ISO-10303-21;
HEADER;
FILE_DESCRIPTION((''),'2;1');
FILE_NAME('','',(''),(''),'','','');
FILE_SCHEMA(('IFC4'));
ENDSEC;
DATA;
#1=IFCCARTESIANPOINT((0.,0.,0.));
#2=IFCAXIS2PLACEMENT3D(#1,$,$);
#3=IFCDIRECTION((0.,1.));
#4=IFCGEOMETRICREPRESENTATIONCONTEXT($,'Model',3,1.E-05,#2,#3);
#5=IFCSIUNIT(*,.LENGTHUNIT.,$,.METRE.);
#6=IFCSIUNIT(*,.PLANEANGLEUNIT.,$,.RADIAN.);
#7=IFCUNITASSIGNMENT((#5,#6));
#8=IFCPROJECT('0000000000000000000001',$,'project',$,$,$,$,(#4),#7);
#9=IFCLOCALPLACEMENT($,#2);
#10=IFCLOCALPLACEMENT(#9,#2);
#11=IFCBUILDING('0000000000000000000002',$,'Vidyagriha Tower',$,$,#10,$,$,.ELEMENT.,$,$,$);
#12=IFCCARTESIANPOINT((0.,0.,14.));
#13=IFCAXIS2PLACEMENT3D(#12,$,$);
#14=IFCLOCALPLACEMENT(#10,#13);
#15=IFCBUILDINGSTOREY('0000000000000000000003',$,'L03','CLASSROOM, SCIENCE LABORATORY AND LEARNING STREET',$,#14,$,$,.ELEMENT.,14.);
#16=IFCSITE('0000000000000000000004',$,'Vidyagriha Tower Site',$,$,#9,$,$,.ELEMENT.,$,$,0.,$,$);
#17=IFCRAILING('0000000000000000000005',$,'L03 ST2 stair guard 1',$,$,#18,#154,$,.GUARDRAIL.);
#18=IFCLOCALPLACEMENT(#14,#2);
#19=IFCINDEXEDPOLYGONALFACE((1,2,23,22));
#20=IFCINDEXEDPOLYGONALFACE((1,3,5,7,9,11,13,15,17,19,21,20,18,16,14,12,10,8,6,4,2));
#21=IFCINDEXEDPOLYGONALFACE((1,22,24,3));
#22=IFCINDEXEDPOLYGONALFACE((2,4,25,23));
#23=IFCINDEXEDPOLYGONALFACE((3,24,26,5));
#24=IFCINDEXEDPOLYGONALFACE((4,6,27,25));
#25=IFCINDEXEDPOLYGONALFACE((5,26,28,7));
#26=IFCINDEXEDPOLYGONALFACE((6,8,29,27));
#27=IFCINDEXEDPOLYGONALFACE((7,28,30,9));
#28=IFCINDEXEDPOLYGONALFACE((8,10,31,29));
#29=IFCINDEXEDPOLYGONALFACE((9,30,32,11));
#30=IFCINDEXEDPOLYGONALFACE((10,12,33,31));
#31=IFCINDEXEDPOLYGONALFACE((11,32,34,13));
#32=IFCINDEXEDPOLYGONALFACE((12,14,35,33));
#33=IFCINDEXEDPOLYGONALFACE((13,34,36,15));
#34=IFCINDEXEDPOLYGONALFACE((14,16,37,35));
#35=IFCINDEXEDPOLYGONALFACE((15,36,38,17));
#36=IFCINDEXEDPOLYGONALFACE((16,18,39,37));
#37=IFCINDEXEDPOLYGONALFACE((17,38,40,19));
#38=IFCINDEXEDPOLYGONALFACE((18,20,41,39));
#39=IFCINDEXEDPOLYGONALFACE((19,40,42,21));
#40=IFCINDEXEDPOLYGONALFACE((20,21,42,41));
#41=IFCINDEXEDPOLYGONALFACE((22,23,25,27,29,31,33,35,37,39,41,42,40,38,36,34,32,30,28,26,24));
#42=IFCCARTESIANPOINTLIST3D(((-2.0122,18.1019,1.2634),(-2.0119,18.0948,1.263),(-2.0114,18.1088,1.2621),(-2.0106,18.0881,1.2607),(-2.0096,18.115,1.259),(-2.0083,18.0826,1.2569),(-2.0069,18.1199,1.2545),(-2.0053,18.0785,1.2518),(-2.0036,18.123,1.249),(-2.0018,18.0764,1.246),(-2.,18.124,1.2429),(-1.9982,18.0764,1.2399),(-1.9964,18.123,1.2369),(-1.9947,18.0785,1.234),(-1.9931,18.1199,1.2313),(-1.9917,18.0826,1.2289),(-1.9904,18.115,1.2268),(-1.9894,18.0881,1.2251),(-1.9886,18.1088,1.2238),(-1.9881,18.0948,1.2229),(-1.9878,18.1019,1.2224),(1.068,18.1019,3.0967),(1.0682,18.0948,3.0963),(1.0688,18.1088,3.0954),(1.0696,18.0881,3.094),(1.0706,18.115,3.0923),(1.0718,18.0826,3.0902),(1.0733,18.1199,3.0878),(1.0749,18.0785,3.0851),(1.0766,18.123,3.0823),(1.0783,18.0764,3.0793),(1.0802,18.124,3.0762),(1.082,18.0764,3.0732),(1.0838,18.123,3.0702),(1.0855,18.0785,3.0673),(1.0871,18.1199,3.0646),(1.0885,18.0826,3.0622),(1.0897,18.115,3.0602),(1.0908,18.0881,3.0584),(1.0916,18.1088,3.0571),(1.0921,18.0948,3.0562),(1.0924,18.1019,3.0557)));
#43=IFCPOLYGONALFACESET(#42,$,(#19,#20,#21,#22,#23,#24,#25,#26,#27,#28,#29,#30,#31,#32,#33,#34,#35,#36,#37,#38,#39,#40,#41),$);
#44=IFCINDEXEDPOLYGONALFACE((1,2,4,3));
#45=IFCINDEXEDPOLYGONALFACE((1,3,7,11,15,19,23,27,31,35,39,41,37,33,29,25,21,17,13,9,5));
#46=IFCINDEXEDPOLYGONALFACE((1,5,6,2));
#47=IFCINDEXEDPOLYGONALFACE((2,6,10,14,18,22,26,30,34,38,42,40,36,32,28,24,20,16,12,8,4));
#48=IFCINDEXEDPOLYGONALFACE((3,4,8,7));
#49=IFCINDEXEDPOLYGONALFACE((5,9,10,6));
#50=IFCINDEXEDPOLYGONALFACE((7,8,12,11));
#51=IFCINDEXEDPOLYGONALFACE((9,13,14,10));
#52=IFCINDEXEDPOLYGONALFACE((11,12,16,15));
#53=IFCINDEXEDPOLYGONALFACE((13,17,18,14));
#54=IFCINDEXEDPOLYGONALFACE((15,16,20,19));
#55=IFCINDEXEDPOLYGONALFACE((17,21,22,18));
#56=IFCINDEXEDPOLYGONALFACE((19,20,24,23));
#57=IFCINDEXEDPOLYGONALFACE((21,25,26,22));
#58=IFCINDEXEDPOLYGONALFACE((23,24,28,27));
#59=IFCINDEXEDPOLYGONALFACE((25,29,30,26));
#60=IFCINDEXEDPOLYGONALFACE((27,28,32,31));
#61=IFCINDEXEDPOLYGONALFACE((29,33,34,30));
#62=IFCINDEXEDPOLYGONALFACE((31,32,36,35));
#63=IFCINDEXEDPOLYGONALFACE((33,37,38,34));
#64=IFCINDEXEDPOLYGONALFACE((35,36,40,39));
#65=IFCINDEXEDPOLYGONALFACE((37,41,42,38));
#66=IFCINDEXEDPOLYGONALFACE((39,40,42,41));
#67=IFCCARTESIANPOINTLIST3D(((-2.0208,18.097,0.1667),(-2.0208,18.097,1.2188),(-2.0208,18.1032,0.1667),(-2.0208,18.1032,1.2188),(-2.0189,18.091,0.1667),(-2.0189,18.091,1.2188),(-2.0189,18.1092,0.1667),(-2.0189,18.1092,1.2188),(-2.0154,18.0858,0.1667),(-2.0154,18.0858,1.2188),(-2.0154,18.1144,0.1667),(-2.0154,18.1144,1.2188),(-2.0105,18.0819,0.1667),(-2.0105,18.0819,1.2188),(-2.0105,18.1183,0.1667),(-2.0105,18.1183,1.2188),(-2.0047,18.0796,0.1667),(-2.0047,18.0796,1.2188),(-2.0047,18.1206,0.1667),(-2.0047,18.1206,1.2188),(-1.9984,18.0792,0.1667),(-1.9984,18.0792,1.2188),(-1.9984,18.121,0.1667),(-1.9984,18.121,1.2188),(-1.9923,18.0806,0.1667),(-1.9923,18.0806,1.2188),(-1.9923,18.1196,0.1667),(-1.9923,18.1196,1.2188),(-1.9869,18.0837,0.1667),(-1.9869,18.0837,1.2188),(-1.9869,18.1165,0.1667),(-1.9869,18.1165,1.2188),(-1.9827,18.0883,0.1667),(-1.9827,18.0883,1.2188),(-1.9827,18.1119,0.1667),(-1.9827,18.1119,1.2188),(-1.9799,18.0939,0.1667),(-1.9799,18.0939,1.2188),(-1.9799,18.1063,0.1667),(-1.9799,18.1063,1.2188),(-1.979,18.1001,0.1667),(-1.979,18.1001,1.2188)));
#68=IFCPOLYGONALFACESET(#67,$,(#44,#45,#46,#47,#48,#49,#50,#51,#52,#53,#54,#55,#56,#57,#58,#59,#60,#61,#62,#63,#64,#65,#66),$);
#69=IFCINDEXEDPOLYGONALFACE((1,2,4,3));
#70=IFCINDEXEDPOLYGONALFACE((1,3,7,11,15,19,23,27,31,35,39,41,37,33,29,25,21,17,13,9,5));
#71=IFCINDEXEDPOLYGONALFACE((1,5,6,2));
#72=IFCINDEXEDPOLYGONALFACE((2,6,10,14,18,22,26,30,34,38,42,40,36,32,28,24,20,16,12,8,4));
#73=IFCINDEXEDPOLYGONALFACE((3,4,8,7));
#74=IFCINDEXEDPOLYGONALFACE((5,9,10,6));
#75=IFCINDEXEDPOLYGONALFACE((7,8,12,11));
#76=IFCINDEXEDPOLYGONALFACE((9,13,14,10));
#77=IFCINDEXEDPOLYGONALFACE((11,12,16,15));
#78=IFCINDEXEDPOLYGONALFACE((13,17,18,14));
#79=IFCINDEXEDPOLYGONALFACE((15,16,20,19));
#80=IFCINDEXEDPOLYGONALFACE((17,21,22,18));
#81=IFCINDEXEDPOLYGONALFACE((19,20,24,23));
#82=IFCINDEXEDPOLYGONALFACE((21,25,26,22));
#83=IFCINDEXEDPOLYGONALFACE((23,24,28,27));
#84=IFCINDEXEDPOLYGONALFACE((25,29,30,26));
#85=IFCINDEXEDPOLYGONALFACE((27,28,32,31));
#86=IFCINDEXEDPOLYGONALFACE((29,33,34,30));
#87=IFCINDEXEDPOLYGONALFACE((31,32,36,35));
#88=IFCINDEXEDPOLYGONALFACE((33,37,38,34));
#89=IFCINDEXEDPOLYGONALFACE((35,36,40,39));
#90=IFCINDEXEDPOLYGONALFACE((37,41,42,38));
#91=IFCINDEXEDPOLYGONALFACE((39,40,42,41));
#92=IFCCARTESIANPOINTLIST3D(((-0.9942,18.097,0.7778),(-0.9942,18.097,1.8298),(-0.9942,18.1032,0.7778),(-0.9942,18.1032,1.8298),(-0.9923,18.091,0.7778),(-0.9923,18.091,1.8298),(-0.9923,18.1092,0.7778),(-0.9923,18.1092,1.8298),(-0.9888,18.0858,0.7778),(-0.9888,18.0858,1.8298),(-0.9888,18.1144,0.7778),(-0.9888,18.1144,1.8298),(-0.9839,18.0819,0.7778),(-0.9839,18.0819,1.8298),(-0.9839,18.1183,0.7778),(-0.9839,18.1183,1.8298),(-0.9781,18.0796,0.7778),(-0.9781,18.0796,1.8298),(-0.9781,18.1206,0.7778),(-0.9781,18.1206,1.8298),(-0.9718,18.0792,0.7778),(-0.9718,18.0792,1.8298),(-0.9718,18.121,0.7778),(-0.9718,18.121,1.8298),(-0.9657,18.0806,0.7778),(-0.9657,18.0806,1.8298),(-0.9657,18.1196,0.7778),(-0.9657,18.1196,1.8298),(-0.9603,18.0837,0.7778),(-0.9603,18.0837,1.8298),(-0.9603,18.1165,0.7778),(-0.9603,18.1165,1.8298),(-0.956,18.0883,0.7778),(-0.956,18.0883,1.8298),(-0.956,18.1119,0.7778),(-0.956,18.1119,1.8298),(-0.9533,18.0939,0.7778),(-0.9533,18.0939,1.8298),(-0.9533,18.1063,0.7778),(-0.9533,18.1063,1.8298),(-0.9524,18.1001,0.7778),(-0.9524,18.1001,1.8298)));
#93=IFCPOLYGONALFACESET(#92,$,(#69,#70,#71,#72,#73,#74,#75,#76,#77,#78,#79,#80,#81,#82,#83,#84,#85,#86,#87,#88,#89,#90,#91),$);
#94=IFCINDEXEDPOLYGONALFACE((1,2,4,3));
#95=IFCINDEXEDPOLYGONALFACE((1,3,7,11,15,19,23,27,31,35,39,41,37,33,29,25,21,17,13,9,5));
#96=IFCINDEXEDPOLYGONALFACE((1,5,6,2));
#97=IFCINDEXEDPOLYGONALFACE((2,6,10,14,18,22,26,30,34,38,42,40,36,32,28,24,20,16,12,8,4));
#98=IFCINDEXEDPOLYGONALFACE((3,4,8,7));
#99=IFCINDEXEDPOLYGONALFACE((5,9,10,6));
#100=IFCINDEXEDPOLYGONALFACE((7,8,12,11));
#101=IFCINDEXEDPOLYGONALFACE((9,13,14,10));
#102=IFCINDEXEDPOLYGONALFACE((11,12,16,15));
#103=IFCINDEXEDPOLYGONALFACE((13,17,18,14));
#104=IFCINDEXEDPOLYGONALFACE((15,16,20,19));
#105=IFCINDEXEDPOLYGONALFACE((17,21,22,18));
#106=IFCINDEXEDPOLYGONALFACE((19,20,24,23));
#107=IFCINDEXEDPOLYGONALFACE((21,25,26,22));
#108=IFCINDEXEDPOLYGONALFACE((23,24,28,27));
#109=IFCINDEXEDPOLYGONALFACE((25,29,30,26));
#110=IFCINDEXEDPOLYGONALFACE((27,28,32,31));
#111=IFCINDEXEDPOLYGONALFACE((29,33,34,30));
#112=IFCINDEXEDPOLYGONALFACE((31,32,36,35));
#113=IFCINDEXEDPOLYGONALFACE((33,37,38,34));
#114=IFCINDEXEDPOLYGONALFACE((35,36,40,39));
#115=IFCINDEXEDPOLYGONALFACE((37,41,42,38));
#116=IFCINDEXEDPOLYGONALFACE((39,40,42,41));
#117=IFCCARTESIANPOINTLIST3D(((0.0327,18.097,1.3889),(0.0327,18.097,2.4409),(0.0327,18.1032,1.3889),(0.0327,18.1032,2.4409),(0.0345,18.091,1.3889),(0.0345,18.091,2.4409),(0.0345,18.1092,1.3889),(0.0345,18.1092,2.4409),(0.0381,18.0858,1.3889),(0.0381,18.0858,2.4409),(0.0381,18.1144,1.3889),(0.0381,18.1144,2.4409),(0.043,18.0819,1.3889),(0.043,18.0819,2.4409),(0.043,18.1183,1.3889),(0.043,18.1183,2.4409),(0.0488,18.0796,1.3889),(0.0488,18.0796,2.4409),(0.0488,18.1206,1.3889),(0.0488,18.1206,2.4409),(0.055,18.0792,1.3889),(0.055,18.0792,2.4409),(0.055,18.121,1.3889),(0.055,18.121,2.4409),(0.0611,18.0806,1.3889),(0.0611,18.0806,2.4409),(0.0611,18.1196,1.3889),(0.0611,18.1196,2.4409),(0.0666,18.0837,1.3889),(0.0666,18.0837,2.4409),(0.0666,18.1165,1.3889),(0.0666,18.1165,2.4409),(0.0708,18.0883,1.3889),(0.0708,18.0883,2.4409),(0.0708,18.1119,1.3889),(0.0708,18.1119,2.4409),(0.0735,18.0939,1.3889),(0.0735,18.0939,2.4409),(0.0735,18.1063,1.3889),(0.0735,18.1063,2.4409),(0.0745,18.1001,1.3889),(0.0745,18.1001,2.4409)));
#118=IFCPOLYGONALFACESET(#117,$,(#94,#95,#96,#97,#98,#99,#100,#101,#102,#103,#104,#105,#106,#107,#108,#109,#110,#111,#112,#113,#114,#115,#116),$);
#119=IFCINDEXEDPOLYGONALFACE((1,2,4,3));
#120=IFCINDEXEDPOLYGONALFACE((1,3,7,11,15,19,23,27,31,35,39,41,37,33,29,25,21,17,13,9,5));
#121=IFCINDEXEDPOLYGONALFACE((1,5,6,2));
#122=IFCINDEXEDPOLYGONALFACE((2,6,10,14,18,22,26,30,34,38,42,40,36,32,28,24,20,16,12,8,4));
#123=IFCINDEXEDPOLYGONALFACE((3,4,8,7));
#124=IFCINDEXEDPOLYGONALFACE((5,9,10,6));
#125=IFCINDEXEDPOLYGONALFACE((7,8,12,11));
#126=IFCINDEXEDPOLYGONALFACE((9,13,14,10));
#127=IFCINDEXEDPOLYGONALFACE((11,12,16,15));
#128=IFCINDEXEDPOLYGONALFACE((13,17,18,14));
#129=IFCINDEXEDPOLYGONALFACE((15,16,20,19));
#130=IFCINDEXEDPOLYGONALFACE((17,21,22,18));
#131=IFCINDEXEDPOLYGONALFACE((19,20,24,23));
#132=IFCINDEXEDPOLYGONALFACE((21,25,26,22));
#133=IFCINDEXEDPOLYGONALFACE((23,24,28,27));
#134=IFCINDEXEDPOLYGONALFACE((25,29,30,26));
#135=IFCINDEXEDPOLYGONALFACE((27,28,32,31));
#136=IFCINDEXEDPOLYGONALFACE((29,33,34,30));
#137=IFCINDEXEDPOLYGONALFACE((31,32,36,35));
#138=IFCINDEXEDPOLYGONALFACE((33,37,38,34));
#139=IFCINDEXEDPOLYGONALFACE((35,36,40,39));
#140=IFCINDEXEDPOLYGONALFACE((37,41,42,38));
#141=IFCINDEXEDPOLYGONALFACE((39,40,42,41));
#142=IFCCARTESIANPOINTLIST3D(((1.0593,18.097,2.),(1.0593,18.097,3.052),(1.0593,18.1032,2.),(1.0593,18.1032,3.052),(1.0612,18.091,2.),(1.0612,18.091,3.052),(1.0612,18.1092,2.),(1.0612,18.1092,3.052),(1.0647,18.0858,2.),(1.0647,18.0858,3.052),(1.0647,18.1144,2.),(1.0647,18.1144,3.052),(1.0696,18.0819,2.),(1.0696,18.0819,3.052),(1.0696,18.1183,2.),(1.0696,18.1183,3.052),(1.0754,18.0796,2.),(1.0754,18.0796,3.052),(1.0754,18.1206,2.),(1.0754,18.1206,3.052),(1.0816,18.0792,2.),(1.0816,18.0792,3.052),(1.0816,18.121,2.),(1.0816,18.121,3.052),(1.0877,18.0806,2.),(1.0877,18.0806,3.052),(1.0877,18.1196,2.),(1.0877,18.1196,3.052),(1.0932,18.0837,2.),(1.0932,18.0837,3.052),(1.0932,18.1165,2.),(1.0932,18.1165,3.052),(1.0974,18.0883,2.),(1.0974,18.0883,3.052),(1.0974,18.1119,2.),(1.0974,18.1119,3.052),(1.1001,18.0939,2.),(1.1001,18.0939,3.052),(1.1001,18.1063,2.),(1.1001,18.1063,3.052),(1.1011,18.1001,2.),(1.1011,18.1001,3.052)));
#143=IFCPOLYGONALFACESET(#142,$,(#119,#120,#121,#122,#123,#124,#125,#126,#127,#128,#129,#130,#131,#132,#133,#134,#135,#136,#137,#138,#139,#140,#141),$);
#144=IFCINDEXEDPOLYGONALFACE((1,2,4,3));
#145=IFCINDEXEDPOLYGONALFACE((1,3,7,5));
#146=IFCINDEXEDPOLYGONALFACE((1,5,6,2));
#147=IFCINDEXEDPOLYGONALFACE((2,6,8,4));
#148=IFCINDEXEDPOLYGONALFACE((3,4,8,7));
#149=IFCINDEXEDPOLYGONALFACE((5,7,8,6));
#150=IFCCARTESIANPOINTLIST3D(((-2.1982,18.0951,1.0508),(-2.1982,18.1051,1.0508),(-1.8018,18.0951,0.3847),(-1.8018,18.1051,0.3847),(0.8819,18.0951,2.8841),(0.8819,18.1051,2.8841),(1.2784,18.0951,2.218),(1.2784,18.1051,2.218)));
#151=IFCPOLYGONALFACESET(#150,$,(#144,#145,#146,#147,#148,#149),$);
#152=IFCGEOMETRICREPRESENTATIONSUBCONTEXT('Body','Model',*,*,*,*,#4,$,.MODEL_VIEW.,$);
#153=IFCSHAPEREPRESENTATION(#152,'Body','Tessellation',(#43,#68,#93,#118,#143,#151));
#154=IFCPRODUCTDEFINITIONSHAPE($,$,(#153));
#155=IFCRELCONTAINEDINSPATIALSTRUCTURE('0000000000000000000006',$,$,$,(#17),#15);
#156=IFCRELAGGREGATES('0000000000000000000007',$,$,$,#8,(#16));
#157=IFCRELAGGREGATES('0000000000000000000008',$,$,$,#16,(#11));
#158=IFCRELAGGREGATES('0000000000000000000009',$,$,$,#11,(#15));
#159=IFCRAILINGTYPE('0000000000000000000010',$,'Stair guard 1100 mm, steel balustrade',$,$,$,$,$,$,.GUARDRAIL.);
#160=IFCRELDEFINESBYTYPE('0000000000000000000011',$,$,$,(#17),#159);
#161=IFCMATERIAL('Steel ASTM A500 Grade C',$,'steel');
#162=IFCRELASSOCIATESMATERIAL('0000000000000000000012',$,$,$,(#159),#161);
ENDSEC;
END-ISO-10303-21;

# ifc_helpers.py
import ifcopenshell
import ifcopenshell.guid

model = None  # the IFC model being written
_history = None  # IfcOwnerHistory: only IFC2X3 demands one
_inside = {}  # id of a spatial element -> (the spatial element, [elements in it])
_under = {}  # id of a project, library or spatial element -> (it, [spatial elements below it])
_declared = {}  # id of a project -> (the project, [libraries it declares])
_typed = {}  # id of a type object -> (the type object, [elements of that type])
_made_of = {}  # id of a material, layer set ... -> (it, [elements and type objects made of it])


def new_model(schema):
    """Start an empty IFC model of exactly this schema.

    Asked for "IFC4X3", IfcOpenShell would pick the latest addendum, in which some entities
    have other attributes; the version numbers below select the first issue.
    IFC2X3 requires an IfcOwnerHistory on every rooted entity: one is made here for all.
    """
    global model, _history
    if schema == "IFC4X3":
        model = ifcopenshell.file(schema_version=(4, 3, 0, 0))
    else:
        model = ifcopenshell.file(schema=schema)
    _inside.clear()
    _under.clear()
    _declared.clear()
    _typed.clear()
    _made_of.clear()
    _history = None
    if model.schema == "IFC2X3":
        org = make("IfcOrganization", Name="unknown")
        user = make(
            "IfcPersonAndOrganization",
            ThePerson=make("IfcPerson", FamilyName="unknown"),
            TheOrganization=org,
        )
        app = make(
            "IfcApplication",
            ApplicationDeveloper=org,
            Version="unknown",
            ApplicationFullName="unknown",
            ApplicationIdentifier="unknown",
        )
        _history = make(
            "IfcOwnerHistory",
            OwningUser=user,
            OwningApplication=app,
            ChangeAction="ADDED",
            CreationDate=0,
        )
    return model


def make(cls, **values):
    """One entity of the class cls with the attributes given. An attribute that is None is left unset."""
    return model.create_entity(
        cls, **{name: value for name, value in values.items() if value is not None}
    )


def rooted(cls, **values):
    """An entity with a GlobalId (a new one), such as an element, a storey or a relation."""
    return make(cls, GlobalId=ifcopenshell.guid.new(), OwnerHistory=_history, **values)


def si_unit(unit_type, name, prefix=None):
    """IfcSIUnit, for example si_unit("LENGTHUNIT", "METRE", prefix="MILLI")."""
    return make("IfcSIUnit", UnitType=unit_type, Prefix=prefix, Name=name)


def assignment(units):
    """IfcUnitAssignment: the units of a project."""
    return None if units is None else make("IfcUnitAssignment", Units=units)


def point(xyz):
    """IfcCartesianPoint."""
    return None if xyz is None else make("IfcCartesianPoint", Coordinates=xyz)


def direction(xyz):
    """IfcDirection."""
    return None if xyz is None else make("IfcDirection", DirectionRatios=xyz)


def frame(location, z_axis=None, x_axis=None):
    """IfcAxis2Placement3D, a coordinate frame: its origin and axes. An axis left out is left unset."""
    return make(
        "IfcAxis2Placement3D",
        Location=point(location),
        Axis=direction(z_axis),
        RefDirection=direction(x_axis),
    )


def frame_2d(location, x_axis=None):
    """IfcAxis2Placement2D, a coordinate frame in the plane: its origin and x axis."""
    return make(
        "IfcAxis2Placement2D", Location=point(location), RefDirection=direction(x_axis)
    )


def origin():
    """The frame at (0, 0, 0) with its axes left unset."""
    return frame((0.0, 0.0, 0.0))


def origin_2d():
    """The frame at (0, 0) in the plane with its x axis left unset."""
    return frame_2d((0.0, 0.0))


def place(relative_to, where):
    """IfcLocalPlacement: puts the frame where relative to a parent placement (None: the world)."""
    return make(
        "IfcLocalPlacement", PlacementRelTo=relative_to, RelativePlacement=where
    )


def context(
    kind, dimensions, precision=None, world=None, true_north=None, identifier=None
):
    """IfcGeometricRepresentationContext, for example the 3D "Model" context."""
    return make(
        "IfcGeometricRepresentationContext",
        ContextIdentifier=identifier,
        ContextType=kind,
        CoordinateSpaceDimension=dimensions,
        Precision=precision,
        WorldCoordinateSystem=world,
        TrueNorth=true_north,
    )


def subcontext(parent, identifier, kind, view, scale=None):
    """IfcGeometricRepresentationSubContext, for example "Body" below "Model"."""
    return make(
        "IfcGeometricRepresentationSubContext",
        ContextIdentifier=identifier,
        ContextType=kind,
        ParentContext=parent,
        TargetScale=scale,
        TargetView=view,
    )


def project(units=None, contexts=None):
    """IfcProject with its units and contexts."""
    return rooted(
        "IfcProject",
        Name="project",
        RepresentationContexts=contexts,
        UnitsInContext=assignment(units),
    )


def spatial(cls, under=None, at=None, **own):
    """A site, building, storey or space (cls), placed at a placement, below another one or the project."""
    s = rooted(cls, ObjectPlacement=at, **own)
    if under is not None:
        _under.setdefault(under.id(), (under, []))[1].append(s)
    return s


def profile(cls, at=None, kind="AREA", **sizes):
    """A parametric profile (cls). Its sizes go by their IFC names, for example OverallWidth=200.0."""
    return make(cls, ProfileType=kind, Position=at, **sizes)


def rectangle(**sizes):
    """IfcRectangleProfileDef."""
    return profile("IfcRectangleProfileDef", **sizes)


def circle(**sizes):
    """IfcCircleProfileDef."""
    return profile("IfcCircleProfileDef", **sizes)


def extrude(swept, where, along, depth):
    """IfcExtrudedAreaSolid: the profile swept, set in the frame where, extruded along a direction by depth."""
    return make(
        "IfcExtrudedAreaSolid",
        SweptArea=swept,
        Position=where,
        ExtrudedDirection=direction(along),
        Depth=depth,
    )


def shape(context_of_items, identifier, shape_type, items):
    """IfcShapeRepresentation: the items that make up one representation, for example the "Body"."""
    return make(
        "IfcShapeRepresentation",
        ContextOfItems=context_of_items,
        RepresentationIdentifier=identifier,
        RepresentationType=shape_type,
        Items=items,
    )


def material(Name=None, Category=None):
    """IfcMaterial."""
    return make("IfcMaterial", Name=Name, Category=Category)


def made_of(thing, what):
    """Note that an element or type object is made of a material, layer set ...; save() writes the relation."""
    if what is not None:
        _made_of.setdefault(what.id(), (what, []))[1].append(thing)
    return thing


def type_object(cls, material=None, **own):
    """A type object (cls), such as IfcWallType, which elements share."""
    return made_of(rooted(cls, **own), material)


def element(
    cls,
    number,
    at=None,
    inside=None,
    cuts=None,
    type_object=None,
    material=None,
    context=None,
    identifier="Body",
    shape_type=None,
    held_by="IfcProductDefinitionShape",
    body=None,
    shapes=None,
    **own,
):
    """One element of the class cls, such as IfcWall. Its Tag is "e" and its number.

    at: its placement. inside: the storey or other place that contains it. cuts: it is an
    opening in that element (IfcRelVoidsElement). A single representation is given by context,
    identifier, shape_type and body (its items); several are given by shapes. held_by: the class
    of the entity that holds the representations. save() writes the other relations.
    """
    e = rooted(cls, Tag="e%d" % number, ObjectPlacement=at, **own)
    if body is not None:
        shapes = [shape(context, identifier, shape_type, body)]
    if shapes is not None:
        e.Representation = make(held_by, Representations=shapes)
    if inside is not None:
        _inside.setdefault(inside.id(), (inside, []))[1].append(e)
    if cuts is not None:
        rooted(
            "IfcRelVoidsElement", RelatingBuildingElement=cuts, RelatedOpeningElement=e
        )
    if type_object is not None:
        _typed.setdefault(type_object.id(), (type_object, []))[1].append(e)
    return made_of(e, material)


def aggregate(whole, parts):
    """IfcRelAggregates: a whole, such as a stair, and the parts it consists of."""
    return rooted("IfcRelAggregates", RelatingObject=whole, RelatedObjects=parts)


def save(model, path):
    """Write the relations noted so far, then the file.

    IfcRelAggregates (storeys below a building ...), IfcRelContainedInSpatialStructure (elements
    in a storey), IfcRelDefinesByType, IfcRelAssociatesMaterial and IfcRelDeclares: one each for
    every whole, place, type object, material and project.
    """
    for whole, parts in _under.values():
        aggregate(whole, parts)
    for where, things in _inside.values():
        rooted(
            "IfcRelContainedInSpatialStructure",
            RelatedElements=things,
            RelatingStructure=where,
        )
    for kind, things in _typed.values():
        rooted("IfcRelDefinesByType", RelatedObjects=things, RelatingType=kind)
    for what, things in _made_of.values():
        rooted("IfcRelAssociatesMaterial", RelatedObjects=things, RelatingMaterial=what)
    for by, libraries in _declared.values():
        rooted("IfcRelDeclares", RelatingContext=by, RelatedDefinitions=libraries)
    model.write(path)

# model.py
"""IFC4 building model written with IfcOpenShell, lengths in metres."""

from ifc_helpers import new_model, si_unit, direction, frame, origin, origin_2d, place, context, subcontext, project, spatial, rectangle, circle, extrude, material, type_object, element, save


model = new_model("IFC4")

# Units and contexts
model_context = context("Model", 3, precision=1e-05, world=origin(), true_north=direction((0.0, 1.0)))
body_context = subcontext(model_context, "Body", "Model", "MODEL_VIEW")
ifc_project = project(units=[si_unit("LENGTHUNIT", "METRE"), si_unit("PLANEANGLEUNIT", "RADIAN")], contexts=[model_context])

# Site, building, storey
site_placement = place(None, origin())
site = spatial("IfcSite", under=ifc_project, at=site_placement, Name="Vidyagriha Tower Site", CompositionType="ELEMENT", RefElevation=0.0)
building_placement = place(site_placement, origin())
building = spatial("IfcBuilding", under=site, at=building_placement, Name="Vidyagriha Tower", CompositionType="ELEMENT")
storey_placement = place(building_placement, frame((0.0, 0.0, 14.0)))
storey = spatial("IfcBuildingStorey", under=building, at=storey_placement, Name="L03", Description="CLASSROOM, SCIENCE LABORATORY AND LEARNING STREET", CompositionType="ELEMENT", Elevation=14.0)

# Railing
ifc_material_1 = material(Name="Steel ASTM A500 Grade C", Category="steel")
railing_type_1 = type_object("IfcRailingType", Name="Stair guard 1100 mm, steel balustrade", PredefinedType="GUARDRAIL", material=ifc_material_1)
railing_1_placement = place(storey_placement, frame((-2.0, 18.1001, 0.1667)))
element("IfcRailing", 1, at=railing_1_placement, inside=storey, type_object=railing_type_1, Name="L03 ST2 stair guard 1", PredefinedType="GUARDRAIL", context=body_context, shape_type="SweptSolid", body=[
    extrude(circle(Radius=0.0239, at=origin_2d()), frame((0.0, 0.0, 1.0762), z_axis=(0.859309, 0.0, 0.511458), x_axis=(0.0, 1.0, 0.0)), (0.0, 0.0, 1.0), 3.5845),
    extrude(circle(Radius=0.021, at=origin_2d()), origin(), (0.0, 0.0, 1.0), 1.052),
    extrude(circle(Radius=0.021, at=origin_2d()), frame((1.0266, 0.0, 0.6111)), (0.0, 0.0, 1.0), 1.052),
    extrude(circle(Radius=0.021, at=origin_2d()), frame((2.0535, 0.0, 1.2222)), (0.0, 0.0, 1.0), 1.052),
    extrude(circle(Radius=0.021, at=origin_2d()), frame((3.0801, 0.0, 1.8333)), (0.0, 0.0, 1.0), 1.052),
    extrude(rectangle(XDim=0.01, YDim=0.7751, at=origin_2d()), frame((0.0, 0.0, 0.551), z_axis=(0.859309, 0.0, 0.511458), x_axis=(0.0, 1.0, 0.0)), (0.0, 0.0, 1.0), 3.5845),
])

save(model, "model.ifc")
